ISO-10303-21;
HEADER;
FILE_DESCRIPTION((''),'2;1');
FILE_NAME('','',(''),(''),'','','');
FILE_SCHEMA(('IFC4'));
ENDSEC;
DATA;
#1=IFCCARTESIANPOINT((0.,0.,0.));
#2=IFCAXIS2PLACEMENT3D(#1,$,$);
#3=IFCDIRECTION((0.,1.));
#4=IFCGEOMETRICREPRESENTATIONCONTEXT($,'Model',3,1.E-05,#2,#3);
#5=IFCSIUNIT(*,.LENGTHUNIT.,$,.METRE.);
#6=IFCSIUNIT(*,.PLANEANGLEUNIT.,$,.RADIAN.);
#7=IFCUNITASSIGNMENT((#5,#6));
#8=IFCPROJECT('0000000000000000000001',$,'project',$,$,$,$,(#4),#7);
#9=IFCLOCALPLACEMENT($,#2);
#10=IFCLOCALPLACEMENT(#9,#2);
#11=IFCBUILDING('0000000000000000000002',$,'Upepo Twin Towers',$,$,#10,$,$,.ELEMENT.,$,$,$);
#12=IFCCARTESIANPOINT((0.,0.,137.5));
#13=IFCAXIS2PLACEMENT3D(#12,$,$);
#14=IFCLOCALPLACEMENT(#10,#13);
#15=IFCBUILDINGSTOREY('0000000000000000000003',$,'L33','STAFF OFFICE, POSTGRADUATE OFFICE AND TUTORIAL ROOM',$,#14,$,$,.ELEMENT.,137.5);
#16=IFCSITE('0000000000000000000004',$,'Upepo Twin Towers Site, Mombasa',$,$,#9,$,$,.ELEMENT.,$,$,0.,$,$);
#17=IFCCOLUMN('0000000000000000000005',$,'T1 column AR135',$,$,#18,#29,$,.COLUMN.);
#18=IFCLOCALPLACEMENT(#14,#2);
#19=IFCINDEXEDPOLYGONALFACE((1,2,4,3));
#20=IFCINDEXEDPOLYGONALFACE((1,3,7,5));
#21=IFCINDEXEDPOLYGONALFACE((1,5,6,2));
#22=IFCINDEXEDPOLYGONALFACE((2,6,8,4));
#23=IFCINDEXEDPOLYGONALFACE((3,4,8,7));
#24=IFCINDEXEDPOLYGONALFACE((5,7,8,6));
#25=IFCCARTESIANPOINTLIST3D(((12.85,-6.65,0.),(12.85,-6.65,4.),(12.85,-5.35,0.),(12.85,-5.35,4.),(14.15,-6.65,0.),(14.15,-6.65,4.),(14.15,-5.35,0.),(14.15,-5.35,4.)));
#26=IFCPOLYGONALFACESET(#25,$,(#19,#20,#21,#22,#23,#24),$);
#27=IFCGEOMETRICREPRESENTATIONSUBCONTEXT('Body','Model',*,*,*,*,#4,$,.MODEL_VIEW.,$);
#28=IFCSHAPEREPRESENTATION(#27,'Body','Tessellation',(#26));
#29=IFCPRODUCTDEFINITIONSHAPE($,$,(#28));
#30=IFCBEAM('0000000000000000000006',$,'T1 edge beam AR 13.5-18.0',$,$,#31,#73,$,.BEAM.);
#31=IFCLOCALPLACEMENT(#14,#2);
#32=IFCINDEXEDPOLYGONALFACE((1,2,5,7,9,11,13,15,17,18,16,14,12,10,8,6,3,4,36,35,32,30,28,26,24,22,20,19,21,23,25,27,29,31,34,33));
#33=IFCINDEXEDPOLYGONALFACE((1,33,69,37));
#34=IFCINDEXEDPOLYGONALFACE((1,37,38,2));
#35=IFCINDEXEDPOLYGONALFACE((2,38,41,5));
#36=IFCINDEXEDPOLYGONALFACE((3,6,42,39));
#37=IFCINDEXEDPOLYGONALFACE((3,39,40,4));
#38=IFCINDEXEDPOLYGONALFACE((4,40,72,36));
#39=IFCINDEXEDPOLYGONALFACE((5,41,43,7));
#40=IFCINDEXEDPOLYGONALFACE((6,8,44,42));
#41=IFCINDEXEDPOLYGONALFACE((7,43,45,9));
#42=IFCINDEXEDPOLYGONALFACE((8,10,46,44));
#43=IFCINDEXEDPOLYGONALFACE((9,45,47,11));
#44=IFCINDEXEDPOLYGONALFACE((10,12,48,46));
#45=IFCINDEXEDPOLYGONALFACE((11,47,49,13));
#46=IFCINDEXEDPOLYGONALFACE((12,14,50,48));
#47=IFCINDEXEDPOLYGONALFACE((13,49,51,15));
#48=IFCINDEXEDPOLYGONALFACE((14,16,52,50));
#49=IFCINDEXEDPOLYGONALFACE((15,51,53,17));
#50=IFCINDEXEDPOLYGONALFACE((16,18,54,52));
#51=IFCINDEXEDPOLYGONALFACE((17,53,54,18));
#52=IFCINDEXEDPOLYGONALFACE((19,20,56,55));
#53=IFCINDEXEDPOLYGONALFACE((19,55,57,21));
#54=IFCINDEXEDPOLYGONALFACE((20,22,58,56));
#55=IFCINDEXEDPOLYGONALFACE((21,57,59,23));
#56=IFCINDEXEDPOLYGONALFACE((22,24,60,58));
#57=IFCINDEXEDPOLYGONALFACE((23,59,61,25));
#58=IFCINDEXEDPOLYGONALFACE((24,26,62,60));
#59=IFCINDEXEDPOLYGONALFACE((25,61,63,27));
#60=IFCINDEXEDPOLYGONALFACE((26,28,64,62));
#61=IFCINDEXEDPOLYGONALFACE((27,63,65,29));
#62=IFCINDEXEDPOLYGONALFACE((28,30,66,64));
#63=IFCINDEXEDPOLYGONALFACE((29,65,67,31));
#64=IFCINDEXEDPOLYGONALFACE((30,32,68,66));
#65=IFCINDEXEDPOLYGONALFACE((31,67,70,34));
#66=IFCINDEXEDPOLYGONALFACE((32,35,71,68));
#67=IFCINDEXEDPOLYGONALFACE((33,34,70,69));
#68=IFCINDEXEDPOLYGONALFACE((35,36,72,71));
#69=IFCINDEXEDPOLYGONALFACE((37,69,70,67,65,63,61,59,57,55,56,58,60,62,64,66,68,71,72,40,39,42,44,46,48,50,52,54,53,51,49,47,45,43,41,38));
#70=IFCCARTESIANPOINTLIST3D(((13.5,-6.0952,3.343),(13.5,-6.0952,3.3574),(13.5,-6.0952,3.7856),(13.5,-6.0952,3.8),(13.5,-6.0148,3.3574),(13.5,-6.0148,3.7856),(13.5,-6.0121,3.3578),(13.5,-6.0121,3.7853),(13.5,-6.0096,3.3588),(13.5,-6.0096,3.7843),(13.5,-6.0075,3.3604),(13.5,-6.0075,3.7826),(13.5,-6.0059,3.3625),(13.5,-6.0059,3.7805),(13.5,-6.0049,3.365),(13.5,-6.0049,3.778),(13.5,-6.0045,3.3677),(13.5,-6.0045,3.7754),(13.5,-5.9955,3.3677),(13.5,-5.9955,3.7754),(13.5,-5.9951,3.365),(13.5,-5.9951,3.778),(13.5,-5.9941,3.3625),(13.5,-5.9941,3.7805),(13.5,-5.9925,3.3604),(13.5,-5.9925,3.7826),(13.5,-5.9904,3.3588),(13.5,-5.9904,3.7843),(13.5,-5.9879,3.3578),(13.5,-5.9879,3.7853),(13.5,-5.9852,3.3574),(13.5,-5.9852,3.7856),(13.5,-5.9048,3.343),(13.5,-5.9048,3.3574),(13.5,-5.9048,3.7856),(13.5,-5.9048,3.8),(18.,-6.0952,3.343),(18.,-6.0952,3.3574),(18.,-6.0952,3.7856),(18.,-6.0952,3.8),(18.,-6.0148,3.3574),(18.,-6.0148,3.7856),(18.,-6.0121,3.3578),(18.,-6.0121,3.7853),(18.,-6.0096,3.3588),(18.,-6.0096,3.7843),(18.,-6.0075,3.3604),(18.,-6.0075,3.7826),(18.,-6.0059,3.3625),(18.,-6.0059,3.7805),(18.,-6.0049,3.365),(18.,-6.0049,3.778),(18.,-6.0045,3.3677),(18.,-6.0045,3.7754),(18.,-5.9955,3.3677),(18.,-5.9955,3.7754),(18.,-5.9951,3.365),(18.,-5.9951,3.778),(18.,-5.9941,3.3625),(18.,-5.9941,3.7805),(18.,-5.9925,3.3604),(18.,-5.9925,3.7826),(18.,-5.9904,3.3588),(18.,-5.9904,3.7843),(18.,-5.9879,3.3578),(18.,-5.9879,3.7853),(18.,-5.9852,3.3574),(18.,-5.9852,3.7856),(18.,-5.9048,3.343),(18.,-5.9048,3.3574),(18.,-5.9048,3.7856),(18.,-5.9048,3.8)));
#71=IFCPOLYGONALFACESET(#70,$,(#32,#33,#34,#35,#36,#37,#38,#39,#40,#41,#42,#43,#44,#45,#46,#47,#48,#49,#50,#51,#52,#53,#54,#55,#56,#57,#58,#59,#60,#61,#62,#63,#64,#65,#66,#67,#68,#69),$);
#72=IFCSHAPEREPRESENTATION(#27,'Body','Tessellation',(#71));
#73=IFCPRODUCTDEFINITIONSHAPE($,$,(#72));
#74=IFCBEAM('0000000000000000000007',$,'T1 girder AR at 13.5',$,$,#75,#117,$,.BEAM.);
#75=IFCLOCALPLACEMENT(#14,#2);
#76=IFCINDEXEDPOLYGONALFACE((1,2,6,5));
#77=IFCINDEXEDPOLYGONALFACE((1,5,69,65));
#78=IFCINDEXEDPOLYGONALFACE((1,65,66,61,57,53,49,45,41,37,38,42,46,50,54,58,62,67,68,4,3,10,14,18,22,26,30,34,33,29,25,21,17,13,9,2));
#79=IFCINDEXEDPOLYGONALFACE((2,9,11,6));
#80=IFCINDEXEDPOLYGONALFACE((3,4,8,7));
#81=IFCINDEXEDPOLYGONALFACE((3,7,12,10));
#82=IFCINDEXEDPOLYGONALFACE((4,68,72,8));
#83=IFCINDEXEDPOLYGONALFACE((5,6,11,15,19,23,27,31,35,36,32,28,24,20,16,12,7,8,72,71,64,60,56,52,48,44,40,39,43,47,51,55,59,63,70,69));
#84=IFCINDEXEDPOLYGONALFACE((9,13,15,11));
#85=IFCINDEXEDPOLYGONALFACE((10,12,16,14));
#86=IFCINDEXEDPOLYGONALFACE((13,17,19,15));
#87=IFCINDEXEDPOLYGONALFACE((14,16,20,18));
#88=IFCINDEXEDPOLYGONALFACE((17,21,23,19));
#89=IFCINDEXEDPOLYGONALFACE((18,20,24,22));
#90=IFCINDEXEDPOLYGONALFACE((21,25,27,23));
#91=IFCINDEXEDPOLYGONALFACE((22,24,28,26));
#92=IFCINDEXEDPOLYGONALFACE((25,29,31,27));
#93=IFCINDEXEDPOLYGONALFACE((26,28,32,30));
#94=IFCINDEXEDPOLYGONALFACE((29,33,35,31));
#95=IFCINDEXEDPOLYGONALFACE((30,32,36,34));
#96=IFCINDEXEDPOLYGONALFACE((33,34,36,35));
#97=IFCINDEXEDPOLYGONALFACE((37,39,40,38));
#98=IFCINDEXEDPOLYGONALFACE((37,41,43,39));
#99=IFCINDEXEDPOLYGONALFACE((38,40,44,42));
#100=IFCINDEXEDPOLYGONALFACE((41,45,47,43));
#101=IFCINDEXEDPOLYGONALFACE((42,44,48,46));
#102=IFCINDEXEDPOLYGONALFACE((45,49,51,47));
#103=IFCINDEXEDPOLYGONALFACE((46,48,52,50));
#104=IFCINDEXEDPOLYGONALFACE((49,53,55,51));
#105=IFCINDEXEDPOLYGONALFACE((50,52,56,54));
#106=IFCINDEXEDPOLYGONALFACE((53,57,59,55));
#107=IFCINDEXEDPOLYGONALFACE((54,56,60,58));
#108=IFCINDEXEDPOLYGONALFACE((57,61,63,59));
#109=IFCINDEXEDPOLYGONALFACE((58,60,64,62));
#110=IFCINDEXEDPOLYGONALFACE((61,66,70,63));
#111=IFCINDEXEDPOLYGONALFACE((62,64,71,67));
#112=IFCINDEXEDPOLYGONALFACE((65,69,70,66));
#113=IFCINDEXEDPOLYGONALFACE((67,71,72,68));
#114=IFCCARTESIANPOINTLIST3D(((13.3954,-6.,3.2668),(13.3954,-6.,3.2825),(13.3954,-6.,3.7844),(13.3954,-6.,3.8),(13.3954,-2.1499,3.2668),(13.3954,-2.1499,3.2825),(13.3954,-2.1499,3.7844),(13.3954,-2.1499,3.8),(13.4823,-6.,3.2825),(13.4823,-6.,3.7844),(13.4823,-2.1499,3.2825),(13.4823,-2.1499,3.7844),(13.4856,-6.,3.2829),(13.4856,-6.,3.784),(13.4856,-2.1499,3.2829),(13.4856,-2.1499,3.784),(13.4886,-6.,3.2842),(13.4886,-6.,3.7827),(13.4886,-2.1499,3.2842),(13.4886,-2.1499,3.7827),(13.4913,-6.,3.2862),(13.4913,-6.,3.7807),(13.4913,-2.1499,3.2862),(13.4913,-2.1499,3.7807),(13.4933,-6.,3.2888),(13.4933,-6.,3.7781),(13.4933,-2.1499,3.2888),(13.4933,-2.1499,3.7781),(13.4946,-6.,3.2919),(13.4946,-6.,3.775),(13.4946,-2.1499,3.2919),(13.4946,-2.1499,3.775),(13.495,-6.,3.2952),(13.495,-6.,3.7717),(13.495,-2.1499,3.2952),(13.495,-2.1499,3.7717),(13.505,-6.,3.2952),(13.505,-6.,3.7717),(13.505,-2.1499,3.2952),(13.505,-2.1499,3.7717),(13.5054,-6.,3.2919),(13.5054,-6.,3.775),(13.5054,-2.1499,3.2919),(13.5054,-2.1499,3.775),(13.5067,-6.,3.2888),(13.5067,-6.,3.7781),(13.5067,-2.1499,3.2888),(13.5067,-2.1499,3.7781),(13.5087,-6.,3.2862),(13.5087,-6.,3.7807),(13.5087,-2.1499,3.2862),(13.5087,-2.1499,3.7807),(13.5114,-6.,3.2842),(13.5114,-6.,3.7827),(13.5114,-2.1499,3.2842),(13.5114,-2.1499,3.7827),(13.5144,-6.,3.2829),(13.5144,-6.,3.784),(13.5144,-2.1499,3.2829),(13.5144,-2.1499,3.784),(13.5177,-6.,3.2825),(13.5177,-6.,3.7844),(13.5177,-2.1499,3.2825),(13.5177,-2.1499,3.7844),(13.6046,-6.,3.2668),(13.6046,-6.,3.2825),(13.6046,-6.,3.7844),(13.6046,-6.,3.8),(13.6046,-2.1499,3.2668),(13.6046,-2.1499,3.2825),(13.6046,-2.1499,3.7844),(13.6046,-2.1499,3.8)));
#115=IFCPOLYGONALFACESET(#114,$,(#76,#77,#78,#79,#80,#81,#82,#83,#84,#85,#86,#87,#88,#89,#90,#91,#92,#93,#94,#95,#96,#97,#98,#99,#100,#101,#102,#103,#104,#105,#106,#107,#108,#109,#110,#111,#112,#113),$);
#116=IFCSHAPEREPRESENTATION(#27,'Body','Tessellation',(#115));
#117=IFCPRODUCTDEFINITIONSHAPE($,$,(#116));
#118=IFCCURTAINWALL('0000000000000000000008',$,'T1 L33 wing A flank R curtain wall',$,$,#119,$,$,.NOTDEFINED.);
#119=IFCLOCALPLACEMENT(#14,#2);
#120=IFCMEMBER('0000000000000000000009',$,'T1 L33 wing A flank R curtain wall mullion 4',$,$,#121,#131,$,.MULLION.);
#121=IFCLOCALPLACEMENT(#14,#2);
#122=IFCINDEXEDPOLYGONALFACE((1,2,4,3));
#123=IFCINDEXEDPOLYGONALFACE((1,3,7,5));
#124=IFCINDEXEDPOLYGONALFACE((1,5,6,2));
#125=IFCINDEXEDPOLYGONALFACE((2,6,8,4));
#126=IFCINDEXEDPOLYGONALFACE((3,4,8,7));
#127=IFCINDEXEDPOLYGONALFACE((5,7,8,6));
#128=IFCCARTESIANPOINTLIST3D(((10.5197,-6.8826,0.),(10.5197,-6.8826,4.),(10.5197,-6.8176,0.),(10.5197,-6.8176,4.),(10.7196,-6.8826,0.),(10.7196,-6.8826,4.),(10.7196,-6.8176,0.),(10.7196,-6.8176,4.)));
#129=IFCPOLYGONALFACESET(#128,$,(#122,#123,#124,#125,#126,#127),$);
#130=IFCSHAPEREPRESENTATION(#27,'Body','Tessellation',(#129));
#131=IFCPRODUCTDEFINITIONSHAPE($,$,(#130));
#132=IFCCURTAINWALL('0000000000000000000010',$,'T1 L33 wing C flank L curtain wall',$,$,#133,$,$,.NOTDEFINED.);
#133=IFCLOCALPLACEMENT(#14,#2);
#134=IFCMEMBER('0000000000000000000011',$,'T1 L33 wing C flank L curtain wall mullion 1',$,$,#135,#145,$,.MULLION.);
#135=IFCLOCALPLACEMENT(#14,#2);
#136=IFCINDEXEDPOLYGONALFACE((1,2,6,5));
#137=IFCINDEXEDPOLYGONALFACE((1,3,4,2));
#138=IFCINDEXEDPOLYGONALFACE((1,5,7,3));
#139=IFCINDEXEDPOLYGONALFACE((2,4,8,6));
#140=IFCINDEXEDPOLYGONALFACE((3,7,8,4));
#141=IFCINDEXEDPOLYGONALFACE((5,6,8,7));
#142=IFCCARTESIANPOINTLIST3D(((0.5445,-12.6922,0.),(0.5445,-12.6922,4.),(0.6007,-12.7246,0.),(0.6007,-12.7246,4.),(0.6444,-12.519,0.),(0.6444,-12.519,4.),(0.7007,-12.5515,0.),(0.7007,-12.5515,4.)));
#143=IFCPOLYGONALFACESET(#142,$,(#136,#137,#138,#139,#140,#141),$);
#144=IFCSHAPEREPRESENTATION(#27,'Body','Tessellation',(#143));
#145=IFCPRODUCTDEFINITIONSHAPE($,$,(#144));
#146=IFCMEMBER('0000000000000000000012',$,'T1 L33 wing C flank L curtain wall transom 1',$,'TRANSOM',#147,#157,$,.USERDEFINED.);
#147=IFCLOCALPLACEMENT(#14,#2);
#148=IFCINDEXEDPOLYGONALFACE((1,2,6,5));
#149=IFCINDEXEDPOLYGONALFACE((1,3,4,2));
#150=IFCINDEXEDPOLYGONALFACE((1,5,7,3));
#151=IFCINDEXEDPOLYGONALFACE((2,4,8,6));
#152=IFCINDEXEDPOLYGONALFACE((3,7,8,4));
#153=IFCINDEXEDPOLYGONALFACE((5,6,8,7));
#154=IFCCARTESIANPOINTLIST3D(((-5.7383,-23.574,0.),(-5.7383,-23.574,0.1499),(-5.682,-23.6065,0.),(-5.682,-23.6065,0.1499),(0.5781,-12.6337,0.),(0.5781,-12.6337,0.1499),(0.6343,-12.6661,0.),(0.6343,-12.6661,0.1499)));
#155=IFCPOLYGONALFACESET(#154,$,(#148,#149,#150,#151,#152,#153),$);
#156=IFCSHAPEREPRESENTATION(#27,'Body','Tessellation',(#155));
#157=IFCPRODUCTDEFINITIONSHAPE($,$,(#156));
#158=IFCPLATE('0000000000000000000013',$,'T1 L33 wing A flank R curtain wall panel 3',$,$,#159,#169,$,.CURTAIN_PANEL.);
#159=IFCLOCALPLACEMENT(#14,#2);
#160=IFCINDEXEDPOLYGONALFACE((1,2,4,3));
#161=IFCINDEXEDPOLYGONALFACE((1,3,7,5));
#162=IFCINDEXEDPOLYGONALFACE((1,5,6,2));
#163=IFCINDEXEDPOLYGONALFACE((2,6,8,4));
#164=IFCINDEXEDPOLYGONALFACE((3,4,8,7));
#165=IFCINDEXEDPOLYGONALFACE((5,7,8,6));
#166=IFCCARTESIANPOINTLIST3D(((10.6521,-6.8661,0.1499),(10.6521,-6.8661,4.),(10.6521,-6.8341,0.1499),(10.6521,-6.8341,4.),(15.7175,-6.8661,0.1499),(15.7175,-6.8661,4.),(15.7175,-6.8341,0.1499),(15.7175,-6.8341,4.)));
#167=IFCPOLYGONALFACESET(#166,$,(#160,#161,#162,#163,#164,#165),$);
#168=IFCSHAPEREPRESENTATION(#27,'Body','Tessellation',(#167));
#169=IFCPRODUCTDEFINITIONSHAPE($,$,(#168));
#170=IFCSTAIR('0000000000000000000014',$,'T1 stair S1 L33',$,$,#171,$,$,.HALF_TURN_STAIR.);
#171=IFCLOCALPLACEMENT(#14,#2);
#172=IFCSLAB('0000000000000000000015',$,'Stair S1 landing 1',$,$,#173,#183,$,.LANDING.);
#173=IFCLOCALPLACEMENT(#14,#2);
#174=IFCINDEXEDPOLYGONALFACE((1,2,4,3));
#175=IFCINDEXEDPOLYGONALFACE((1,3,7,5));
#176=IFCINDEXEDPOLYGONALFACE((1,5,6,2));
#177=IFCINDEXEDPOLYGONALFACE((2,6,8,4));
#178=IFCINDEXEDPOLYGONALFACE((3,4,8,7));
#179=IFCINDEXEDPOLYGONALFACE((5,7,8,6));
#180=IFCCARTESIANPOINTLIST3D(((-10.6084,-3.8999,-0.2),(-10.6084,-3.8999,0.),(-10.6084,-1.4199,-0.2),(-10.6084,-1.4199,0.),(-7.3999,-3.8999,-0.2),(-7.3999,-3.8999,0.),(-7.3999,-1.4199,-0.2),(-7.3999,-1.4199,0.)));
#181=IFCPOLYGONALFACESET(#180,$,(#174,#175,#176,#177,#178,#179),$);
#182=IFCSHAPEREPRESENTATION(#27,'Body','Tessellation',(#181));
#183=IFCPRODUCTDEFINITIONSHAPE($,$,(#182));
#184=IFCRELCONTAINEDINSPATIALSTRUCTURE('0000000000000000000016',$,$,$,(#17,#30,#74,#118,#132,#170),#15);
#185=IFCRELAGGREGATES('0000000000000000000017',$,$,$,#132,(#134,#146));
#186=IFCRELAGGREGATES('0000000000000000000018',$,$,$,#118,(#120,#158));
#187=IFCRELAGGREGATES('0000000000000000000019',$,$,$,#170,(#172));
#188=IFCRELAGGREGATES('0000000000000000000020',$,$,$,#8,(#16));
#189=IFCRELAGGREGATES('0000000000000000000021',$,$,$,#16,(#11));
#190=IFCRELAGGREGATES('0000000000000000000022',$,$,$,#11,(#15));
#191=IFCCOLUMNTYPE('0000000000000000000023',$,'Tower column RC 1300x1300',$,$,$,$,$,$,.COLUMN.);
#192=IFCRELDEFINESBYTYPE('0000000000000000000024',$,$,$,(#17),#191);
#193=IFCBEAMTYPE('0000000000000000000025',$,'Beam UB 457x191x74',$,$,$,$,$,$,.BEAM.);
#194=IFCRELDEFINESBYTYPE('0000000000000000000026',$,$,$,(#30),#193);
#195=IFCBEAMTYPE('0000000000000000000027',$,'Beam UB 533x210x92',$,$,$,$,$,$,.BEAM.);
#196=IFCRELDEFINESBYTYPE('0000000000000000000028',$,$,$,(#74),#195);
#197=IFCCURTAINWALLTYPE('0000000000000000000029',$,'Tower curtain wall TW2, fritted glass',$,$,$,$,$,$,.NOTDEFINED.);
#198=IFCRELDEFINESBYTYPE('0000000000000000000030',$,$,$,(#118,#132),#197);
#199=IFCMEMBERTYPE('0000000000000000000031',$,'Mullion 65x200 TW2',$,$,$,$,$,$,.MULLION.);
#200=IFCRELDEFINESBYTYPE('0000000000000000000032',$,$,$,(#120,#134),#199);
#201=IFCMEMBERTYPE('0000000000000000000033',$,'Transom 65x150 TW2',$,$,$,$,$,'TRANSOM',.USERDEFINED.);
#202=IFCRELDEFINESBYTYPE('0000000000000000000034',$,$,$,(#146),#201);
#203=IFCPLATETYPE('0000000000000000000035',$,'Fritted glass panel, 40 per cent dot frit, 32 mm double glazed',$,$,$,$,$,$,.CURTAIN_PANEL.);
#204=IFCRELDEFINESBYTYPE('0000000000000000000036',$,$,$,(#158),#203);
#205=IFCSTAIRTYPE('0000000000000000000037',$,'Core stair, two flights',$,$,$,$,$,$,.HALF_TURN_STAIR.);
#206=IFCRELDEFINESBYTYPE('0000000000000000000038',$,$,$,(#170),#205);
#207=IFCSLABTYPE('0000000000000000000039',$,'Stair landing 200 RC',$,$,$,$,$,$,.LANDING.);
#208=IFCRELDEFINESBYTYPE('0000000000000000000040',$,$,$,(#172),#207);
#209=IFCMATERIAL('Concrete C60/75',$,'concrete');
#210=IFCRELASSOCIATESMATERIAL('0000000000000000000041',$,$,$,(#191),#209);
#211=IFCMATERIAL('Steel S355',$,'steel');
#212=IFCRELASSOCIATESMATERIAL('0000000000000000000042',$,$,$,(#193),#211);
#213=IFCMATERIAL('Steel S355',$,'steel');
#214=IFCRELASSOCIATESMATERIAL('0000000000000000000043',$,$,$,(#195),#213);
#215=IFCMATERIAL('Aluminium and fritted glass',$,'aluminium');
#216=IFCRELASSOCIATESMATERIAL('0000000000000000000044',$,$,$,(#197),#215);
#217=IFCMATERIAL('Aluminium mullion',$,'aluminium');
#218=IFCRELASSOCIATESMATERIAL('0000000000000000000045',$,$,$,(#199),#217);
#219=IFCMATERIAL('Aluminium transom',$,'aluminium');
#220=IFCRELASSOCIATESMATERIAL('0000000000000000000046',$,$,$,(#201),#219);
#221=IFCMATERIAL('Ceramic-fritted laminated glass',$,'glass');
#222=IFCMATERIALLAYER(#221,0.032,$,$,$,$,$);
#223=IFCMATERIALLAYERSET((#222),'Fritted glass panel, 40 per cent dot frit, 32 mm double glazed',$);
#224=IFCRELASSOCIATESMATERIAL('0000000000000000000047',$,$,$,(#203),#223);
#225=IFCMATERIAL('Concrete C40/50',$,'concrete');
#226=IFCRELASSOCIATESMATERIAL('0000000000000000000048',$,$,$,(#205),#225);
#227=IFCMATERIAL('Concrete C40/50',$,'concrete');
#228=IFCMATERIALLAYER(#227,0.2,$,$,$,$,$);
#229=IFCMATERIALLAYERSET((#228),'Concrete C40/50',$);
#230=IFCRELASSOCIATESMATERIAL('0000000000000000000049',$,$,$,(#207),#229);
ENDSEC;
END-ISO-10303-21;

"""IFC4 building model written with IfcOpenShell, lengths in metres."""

from ifc_helpers import new_model, si_unit, direction, frame, origin, origin_2d, place, context, subcontext, project, spatial, polyline, rectangle, i_section, outline, extrude, material, layer, layer_set, material_profile, profile_set, type_object, element, aggregate, save


model = new_model("IFC4")

# Units and contexts
model_context = context("Model", 3, precision=1e-05, world=origin(), true_north=direction((0.0, 1.0)))
body_context = subcontext(model_context, "Body", "Model", "MODEL_VIEW")
ifc_project = project(units=[si_unit("LENGTHUNIT", "METRE"), si_unit("PLANEANGLEUNIT", "RADIAN")], contexts=[model_context])

# Site, building, storey
site_placement = place(None, origin())
site = spatial("IfcSite", under=ifc_project, at=site_placement, Name="Upepo Twin Towers Site, Mombasa", CompositionType="ELEMENT", RefElevation=0.0)
building_placement = place(site_placement, origin())
building = spatial("IfcBuilding", under=site, at=building_placement, Name="Upepo Twin Towers", CompositionType="ELEMENT")
storey_placement = place(building_placement, frame((0.0, 0.0, 137.5)))
storey = spatial("IfcBuildingStorey", under=building, at=storey_placement, Name="L33", Description="STAFF OFFICE, POSTGRADUATE OFFICE AND TUTORIAL ROOM", CompositionType="ELEMENT", Elevation=137.5)

# Column
ifc_material_1 = material(Name="Concrete C60/75", Category="concrete")
ifc_material_profile_1 = material_profile(ifc_material_1, rectangle(XDim=1.3, YDim=1.3, at=origin_2d()), Name="RC 1300x1300")
ifc_profile_set_1 = profile_set([ifc_material_profile_1], Name="Concrete C60/75")
column_type = type_object("IfcColumnType", Name="Tower column RC 1300x1300", PredefinedType="COLUMN", material=ifc_profile_set_1)
column_placement = place(storey_placement, frame((13.5, -6.0, 0.0), z_axis=(0.0, 0.0, 1.0), x_axis=(1.0, 0.0, 0.0)))
element("IfcColumn", 1, at=column_placement, inside=storey, type_object=column_type, Name="T1 column AR135", PredefinedType="COLUMN", context=body_context, shape_type="SweptSolid", body=[
    extrude(rectangle(XDim=1.3, YDim=1.3, at=origin_2d()), origin(), (0.0, 0.0, 1.0), 4.0),
])

# Beams
ifc_material_2 = material(Name="Steel S355", Category="steel")
ifc_material_profile_2 = material_profile(ifc_material_2, i_section(OverallWidth=0.1904, OverallDepth=0.457, WebThickness=0.009, FlangeThickness=0.0144, FilletRadius=0.0103, at=origin_2d()), Name="UB 457x191x74")
ifc_profile_set_2 = profile_set([ifc_material_profile_2], Name="Steel S355")
beam_type_1 = type_object("IfcBeamType", Name="Beam UB 457x191x74", PredefinedType="BEAM", material=ifc_profile_set_2)
beam_1_placement = place(storey_placement, frame((13.5, -6.0, 3.5715), z_axis=(1.0, 0.0, 0.0), x_axis=(0.0, 1.0, 0.0)))
element("IfcBeam", 2, at=beam_1_placement, inside=storey, type_object=beam_type_1, Name="T1 edge beam AR 13.5-18.0", PredefinedType="BEAM", context=body_context, shape_type="SweptSolid", body=[
    extrude(i_section(OverallWidth=0.1904, OverallDepth=0.457, WebThickness=0.009, FlangeThickness=0.0144, FilletRadius=0.0103, at=origin_2d()), origin(), (0.0, 0.0, 1.0), 4.5),
])
ifc_material_3 = material(Name="Steel S355", Category="steel")
ifc_material_profile_3 = material_profile(ifc_material_3, i_section(OverallWidth=0.2092, OverallDepth=0.5332, WebThickness=0.01, FlangeThickness=0.0156, FilletRadius=0.0127, at=origin_2d()), Name="UB 533x210x92")
ifc_profile_set_3 = profile_set([ifc_material_profile_3], Name="Steel S355")
beam_type_2 = type_object("IfcBeamType", Name="Beam UB 533x210x92", PredefinedType="BEAM", material=ifc_profile_set_3)
beam_2_placement = place(storey_placement, frame((13.5, -6.0, 3.5334), z_axis=(0.0, 1.0, 0.0), x_axis=(-1.0, 0.0, 0.0)))
element("IfcBeam", 3, at=beam_2_placement, inside=storey, type_object=beam_type_2, Name="T1 girder AR at 13.5", PredefinedType="BEAM", context=body_context, shape_type="SweptSolid", body=[
    extrude(i_section(OverallWidth=0.2092, OverallDepth=0.5332, WebThickness=0.01, FlangeThickness=0.0156, FilletRadius=0.0127, at=origin_2d()), origin(), (0.0, 0.0, 1.0), 3.8501),
])

# Curtain wall, member
ifc_material_4 = material(Name="Aluminium and fritted glass", Category="aluminium")
curtain_wall_type = type_object("IfcCurtainWallType", Name="Tower curtain wall TW2, fritted glass", PredefinedType="NOTDEFINED", material=ifc_material_4)
curtain_wall_1_placement = place(storey_placement, origin())
curtain_wall_1 = element("IfcCurtainWall", 4, at=curtain_wall_1_placement, inside=storey, type_object=curtain_wall_type, Name="T1 L33 wing A flank R curtain wall", PredefinedType="NOTDEFINED")
ifc_material_5 = material(Name="Aluminium mullion", Category="aluminium")
ifc_material_profile_4 = material_profile(ifc_material_5, rectangle(XDim=0.0649, YDim=0.2, at=origin_2d()), Name="MULLION 65x200")
ifc_profile_set_4 = profile_set([ifc_material_profile_4], Name="Aluminium mullion")
member_type_1 = type_object("IfcMemberType", Name="Mullion 65x200 TW2", PredefinedType="MULLION", material=ifc_profile_set_4)
member_1_placement = place(storey_placement, frame((10.6196, -6.8501, 0.0), z_axis=(0.0, 0.0, 1.0), x_axis=(0.0, -1.0, 0.0)))
member_1 = element("IfcMember", 5, at=member_1_placement, type_object=member_type_1, Name="T1 L33 wing A flank R curtain wall mullion 4", PredefinedType="MULLION", context=body_context, shape_type="SweptSolid", body=[
    extrude(rectangle(XDim=0.0649, YDim=0.2, at=origin_2d()), origin(), (0.0, 0.0, 1.0), 4.0),
])

# Curtain wall, members
curtain_wall_2_placement = place(storey_placement, origin())
curtain_wall_2 = element("IfcCurtainWall", 6, at=curtain_wall_2_placement, inside=storey, type_object=curtain_wall_type, Name="T1 L33 wing C flank L curtain wall", PredefinedType="NOTDEFINED")
member_2_placement = place(storey_placement, frame((0.6226, -12.6218, 0.0), z_axis=(0.0, 0.0, 1.0), x_axis=(0.866025, -0.5, 0.0)))
member_2 = element("IfcMember", 7, at=member_2_placement, type_object=member_type_1, Name="T1 L33 wing C flank L curtain wall mullion 1", PredefinedType="MULLION", context=body_context, shape_type="SweptSolid", body=[
    extrude(rectangle(XDim=0.0649, YDim=0.2, at=origin_2d()), origin(), (0.0, 0.0, 1.0), 4.0),
])
ifc_material_6 = material(Name="Aluminium transom", Category="aluminium")
ifc_material_profile_5 = material_profile(ifc_material_6, rectangle(XDim=0.0649, YDim=0.1499, at=origin_2d()), Name="TRANSOM 65x150")
ifc_profile_set_5 = profile_set([ifc_material_profile_5], Name="Aluminium transom")
member_type_2 = type_object("IfcMemberType", Name="Transom 65x150 TW2", ElementType="TRANSOM", PredefinedType="USERDEFINED", material=ifc_profile_set_5)
member_3_placement = place(storey_placement, frame((0.6062, -12.6499, 0.075), z_axis=(-0.499997, -0.866027, 0.0), x_axis=(0.866027, -0.499997, 0.0)))
member_3 = element("IfcMember", 8, at=member_3_placement, type_object=member_type_2, Name="T1 L33 wing C flank L curtain wall transom 1", ObjectType="TRANSOM", PredefinedType="USERDEFINED", context=body_context, shape_type="SweptSolid", body=[
    extrude(rectangle(XDim=0.0649, YDim=0.1499, at=origin_2d()), origin(), (0.0, 0.0, 1.0), 12.6328),
])
aggregate(curtain_wall_2, [member_2, member_3])

# Plate
ifc_material_7 = material(Name="Ceramic-fritted laminated glass", Category="glass")
ifc_layer_1 = layer(ifc_material_7, 0.032)
ifc_layer_set_1 = layer_set([ifc_layer_1], Name="Fritted glass panel, 40 per cent dot frit, 32 mm double glazed")
plate_type = type_object("IfcPlateType", Name="Fritted glass panel, 40 per cent dot frit, 32 mm double glazed", PredefinedType="CURTAIN_PANEL", material=ifc_layer_set_1)
plate_placement = place(storey_placement, frame((13.1848, -6.8501, 0.1499), z_axis=(0.0, 0.0, 1.0), x_axis=(-1.0, 0.0, 0.0)))
plate = element("IfcPlate", 9, at=plate_placement, type_object=plate_type, Name="T1 L33 wing A flank R curtain wall panel 3", PredefinedType="CURTAIN_PANEL", context=body_context, shape_type="SweptSolid", body=[
    extrude(rectangle(XDim=5.0654, YDim=0.032, at=origin_2d()), origin(), (0.0, 0.0, 1.0), 3.8501),
])
aggregate(curtain_wall_1, [member_1, plate])

# Stair, slab
ifc_material_8 = material(Name="Concrete C40/50", Category="concrete")
stair_type = type_object("IfcStairType", Name="Core stair, two flights", PredefinedType="HALF_TURN_STAIR", material=ifc_material_8)
stair_1_placement = place(storey_placement, origin())
stair_1 = element("IfcStair", 10, at=stair_1_placement, inside=storey, type_object=stair_type, Name="T1 stair S1 L33", PredefinedType="HALF_TURN_STAIR")
ifc_material_9 = material(Name="Concrete C40/50", Category="concrete")
ifc_layer_2 = layer(ifc_material_9, 0.2)
ifc_layer_set_2 = layer_set([ifc_layer_2], Name="Concrete C40/50")
slab_type_1 = type_object("IfcSlabType", Name="Stair landing 200 RC", PredefinedType="LANDING", material=ifc_layer_set_2)
slab_1_placement = place(storey_placement, frame((0.0, 0.0, -0.2)))
slab_1 = element("IfcSlab", 11, at=slab_1_placement, type_object=slab_type_1, Name="Stair S1 landing 1", PredefinedType="LANDING", context=body_context, shape_type="SweptSolid", body=[
    extrude(outline(polyline([(-7.3999, -1.4199), (-10.6084, -1.4199), (-10.6084, -3.8999), (-7.3999, -3.8999), (-7.3999, -1.4199)])), origin(), (0.0, 0.0, 1.0), 0.2),
])
aggregate(stair_1, [slab_1])

save(model, "model.ifc")
